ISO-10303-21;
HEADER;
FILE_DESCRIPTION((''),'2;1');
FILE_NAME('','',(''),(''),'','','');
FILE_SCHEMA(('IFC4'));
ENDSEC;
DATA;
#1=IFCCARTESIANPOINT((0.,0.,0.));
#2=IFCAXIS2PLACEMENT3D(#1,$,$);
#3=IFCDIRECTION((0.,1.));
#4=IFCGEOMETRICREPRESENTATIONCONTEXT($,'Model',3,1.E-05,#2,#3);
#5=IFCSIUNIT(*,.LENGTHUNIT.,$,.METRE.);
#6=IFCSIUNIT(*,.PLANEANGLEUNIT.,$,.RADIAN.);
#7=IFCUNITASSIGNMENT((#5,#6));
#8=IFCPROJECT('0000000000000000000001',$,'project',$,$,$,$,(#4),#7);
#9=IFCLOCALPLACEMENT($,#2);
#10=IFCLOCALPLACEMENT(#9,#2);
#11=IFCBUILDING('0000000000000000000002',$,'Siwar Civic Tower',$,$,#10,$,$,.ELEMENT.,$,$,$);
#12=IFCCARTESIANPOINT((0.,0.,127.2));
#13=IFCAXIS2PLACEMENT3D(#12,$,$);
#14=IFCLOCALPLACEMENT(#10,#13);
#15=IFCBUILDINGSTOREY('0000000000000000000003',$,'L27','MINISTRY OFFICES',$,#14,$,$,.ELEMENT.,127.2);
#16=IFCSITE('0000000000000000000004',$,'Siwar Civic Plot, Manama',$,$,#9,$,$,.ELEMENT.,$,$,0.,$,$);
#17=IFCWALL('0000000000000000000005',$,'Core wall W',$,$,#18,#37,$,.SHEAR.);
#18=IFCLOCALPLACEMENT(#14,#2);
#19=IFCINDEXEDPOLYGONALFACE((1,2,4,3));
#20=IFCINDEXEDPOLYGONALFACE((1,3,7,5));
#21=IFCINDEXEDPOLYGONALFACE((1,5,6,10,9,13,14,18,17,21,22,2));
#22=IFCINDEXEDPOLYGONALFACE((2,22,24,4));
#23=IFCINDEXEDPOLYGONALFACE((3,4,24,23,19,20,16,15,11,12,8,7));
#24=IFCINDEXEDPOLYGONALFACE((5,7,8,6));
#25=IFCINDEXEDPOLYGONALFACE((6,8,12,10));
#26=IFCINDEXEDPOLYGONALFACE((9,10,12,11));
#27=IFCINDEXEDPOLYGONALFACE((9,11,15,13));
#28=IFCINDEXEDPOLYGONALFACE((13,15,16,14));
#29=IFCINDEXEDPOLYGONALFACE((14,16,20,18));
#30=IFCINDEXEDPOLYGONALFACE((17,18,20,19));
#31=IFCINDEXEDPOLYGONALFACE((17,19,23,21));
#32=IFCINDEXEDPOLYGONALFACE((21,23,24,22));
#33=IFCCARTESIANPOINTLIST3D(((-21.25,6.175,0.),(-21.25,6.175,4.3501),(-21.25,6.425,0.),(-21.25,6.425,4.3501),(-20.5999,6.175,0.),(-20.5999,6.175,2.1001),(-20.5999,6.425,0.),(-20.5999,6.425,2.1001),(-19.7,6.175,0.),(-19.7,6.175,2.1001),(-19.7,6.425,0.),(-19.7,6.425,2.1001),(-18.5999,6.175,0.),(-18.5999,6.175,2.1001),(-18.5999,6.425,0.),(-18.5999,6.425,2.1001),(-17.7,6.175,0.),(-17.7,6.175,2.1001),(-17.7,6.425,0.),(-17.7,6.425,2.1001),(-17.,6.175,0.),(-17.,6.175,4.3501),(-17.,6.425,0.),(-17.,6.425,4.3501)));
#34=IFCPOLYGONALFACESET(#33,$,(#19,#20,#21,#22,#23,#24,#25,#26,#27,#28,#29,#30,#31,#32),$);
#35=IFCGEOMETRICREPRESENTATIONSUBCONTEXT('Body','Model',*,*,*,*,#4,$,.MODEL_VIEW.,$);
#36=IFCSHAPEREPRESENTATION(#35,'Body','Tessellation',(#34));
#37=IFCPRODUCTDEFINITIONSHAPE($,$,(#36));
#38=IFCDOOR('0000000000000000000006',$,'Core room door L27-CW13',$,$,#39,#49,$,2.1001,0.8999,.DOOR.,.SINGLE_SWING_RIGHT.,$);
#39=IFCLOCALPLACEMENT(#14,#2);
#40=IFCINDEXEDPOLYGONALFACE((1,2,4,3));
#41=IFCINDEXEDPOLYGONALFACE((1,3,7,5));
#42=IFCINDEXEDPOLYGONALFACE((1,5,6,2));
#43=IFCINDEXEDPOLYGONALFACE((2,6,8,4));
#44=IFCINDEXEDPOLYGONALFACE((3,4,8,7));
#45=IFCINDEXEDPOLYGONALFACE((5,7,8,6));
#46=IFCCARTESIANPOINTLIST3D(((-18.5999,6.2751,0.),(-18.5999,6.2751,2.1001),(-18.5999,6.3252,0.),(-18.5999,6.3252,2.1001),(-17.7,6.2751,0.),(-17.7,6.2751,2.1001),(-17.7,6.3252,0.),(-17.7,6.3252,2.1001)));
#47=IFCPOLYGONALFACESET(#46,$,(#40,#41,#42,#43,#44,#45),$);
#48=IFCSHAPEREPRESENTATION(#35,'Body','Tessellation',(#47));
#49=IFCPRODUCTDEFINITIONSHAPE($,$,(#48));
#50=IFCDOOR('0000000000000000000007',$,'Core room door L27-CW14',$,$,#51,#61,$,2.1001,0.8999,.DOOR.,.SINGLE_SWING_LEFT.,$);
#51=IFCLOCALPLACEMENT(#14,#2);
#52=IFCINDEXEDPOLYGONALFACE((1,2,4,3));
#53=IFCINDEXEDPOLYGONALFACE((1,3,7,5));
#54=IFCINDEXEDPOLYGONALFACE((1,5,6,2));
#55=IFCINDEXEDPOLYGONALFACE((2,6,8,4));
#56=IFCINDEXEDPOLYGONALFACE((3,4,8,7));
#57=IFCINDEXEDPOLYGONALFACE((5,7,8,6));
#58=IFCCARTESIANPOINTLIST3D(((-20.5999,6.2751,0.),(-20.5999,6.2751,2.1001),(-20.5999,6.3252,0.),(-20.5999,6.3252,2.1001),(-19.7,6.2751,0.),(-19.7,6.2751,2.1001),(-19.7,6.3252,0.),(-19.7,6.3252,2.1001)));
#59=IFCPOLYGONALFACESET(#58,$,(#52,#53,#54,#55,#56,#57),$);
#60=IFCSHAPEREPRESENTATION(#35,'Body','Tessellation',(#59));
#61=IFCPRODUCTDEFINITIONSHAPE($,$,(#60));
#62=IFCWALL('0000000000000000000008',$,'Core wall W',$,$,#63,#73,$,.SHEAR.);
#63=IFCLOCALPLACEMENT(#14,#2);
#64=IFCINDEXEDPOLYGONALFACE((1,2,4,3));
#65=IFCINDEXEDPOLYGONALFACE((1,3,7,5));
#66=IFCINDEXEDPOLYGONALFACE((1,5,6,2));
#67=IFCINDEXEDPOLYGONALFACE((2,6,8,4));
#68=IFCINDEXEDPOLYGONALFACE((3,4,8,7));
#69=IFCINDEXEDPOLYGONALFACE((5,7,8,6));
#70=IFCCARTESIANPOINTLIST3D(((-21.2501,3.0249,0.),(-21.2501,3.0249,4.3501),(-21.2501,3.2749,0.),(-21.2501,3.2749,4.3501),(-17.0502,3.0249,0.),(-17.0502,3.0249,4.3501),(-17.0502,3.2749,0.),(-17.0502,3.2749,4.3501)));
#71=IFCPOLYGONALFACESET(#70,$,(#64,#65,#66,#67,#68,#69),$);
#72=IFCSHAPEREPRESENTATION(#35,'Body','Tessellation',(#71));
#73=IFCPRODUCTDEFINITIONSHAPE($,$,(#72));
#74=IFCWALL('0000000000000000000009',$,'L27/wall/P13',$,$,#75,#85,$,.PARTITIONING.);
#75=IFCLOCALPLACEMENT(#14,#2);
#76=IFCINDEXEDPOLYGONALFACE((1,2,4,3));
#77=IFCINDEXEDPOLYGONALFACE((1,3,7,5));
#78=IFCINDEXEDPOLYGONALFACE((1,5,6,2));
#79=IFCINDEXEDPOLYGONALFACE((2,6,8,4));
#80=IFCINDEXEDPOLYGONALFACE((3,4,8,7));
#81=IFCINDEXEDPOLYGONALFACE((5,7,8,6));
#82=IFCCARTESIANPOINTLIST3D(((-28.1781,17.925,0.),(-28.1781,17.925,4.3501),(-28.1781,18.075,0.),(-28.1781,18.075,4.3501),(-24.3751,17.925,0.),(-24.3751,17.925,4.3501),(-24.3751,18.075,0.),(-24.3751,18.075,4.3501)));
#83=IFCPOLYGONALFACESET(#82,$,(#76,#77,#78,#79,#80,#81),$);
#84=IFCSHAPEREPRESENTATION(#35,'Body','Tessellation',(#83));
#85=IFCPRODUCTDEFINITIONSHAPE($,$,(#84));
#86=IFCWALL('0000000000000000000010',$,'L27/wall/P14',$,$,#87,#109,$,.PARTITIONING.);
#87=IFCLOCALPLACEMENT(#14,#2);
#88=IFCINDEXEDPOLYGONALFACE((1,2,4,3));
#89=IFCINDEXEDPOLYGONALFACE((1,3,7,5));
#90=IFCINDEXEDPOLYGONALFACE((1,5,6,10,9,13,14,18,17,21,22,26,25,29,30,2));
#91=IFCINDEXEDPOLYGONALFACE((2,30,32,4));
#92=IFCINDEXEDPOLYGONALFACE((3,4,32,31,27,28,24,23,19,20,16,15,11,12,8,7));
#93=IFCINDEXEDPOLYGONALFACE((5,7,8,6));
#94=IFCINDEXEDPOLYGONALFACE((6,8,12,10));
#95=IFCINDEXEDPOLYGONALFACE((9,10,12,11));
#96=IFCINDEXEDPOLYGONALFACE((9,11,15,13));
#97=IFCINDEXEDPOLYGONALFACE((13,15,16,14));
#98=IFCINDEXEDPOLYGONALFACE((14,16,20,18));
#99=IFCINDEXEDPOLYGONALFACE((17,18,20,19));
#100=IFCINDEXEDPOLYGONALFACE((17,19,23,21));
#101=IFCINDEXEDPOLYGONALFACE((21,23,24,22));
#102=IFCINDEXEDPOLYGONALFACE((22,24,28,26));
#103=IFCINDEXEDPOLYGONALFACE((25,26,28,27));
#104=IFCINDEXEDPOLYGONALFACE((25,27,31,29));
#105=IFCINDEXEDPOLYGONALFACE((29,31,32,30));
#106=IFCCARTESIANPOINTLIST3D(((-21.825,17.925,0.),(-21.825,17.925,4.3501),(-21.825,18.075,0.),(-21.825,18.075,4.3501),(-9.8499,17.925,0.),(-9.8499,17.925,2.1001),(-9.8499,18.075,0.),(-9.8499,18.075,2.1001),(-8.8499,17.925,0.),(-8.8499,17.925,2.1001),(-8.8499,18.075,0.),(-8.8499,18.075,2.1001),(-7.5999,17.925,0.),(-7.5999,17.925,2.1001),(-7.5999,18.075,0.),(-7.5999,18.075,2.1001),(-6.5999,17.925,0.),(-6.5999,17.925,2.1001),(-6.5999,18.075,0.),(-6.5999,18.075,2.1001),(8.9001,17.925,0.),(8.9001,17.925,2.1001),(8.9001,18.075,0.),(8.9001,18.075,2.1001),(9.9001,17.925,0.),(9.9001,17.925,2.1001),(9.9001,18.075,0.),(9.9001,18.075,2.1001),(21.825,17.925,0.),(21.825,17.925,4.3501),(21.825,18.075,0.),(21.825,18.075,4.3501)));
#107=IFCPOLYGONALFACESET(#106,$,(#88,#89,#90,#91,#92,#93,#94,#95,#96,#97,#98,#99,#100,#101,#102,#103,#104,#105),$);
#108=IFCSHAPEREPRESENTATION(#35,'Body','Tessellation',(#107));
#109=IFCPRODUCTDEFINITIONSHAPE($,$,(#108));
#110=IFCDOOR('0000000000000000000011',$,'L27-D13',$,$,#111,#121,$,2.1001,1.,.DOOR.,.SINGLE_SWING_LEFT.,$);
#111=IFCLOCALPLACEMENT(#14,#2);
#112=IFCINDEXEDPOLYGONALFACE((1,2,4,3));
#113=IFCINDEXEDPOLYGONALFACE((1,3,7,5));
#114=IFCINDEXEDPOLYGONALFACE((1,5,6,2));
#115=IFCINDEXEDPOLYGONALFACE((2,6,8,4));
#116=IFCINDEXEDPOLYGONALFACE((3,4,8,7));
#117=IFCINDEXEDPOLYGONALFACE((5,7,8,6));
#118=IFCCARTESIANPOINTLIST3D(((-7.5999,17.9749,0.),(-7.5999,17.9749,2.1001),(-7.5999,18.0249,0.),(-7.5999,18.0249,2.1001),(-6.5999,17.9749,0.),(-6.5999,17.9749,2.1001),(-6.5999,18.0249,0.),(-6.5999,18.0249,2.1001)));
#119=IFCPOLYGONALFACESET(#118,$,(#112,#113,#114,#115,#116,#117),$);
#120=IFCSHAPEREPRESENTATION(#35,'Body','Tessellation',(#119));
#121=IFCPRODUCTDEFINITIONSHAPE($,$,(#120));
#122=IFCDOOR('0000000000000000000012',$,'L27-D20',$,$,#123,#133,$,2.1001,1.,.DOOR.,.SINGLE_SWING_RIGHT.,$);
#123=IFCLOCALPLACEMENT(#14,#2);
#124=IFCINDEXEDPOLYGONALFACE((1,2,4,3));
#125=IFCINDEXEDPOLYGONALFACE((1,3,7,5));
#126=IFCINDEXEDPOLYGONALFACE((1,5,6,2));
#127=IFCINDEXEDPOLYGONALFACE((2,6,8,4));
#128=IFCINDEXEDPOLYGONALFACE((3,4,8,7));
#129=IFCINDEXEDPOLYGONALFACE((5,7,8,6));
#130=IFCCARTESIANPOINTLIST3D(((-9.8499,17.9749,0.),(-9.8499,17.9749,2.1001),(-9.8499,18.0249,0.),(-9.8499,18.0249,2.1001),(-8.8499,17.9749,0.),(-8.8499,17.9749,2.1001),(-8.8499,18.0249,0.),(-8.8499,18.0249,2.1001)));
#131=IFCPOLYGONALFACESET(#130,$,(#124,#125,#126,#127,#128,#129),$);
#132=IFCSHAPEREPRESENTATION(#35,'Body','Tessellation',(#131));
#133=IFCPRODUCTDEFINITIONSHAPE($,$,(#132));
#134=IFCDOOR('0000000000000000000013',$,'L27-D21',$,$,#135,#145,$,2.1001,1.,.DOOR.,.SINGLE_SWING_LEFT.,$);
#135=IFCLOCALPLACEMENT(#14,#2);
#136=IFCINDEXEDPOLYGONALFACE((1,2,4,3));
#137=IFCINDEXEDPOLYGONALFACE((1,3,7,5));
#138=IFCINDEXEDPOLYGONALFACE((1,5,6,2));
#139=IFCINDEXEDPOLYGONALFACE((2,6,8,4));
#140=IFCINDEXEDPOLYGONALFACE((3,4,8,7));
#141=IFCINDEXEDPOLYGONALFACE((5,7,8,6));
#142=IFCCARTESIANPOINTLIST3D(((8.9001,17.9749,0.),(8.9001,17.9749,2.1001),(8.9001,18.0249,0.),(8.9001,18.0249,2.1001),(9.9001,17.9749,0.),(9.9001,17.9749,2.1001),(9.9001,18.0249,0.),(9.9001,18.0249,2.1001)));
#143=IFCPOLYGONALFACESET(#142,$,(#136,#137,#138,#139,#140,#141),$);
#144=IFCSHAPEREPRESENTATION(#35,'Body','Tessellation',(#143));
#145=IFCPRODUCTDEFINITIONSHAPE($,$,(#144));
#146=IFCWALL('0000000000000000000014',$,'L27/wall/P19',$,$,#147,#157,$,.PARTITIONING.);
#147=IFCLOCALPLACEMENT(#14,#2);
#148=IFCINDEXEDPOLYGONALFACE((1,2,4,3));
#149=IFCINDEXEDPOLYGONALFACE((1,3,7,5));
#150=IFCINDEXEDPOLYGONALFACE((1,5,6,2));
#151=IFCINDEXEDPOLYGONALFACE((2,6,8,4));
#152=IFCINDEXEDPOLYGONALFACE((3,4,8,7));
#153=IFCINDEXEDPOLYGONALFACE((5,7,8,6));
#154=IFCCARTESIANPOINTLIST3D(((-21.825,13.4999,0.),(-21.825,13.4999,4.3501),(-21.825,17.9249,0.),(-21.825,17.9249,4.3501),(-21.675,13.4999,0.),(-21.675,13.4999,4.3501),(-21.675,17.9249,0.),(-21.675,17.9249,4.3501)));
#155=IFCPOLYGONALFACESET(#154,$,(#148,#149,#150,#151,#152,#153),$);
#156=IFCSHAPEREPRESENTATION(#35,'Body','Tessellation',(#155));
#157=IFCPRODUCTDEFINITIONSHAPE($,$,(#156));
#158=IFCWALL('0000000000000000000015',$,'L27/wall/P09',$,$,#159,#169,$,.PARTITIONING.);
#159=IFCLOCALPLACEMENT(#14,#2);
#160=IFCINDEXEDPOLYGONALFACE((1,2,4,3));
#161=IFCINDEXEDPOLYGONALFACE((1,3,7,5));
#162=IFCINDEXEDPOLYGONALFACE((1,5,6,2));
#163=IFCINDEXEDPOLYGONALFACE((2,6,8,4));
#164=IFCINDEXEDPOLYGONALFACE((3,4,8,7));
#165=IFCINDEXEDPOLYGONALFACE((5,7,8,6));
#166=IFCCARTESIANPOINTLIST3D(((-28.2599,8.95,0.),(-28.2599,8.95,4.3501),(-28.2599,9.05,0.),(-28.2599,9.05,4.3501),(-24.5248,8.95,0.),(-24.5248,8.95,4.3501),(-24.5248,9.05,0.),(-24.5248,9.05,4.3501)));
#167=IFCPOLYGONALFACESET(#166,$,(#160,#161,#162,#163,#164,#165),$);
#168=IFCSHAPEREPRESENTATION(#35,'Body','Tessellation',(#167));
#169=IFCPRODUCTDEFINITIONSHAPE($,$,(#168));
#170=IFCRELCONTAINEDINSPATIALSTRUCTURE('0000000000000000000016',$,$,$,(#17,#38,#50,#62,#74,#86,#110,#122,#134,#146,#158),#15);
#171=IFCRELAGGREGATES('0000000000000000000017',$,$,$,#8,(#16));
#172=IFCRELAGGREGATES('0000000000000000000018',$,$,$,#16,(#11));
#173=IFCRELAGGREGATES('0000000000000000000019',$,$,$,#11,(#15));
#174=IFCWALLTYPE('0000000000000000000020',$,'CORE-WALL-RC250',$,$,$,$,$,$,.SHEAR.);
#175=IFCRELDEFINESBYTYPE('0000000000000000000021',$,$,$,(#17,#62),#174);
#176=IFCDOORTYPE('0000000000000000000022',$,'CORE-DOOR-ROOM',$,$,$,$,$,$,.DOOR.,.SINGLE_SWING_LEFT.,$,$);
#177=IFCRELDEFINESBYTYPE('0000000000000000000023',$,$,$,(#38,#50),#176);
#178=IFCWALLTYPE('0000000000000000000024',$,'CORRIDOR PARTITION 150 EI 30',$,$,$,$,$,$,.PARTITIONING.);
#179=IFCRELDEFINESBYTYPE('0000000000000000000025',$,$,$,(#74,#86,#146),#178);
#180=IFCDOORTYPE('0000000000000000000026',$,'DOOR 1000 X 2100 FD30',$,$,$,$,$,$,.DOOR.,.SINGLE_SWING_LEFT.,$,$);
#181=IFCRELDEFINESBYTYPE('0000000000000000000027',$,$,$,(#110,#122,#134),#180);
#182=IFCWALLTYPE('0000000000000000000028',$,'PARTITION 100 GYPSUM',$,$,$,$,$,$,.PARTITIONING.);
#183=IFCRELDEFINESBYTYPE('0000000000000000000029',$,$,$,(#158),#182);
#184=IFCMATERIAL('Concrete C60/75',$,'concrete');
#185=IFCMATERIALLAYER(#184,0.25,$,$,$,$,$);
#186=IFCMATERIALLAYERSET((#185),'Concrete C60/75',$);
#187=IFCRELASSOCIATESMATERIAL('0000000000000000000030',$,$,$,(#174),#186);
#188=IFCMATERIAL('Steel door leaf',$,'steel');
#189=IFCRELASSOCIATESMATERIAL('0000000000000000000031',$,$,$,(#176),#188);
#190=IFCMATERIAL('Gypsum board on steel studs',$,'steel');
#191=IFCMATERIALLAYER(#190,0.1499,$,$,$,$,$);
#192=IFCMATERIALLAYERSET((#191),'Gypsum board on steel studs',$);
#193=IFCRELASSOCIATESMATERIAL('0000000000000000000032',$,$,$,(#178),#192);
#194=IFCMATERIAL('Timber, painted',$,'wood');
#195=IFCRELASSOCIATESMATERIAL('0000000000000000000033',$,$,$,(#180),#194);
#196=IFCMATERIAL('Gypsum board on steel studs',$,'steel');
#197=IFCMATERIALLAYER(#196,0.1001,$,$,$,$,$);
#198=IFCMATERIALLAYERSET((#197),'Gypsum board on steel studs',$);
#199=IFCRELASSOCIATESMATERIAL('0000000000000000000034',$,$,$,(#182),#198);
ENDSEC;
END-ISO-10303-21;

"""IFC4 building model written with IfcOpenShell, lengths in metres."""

from ifc_helpers import new_model, si_unit, direction, frame, frame_2d, origin, place, context, subcontext, project, spatial, rectangle, extrude, material, layer, layer_set, type_object, element, fill, save


model = new_model("IFC4")

# Units and contexts
model_context = context("Model", 3, precision=1e-05, world=origin(), true_north=direction((0.0, 1.0)))
body_context = subcontext(model_context, "Body", "Model", "MODEL_VIEW")
ifc_project = project(units=[si_unit("LENGTHUNIT", "METRE"), si_unit("PLANEANGLEUNIT", "RADIAN")], contexts=[model_context])

# Site, building, storey
site_placement = place(None, origin())
site = spatial("IfcSite", under=ifc_project, at=site_placement, Name="Siwar Civic Plot, Manama", CompositionType="ELEMENT", RefElevation=0.0)
building_placement = place(site_placement, origin())
building = spatial("IfcBuilding", under=site, at=building_placement, Name="Siwar Civic Tower", CompositionType="ELEMENT")
storey_placement = place(building_placement, frame((0.0, 0.0, 127.2)))
storey = spatial("IfcBuildingStorey", under=building, at=storey_placement, Name="L27", Description="MINISTRY OFFICES", CompositionType="ELEMENT", Elevation=127.2)

# Wall, openings, doors
ifc_material_1 = material(Name="Concrete C60/75", Category="concrete")
ifc_layer_1 = layer(ifc_material_1, 0.25)
ifc_layer_set_1 = layer_set([ifc_layer_1], Name="Concrete C60/75")
wall_type_1 = type_object("IfcWallType", Name="CORE-WALL-RC250", PredefinedType="SHEAR", material=ifc_layer_set_1)
wall_1_placement = place(storey_placement, frame((-17.0, 6.3, 0.0), z_axis=(0.0, 0.0, 1.0), x_axis=(-1.0, 0.0, 0.0)))
wall_1 = element("IfcWall", 1, at=wall_1_placement, inside=storey, type_object=wall_type_1, Name="Core wall W", PredefinedType="SHEAR", context=body_context, shape_type="SweptSolid", body=[
    extrude(rectangle(XDim=4.25, YDim=0.25, at=frame_2d((2.125, 0.0))), origin(), (0.0, 0.0, 1.0), 4.3501),
])
opening_1_placement = place(wall_1_placement, frame((0.7, 0.0, 0.0)))
opening_1 = element("IfcOpeningElement", 2, at=opening_1_placement, cuts=wall_1, PredefinedType="OPENING", context=body_context, shape_type="SweptSolid", body=[
    extrude(rectangle(XDim=0.8999, YDim=2.1001, at=frame_2d((0.45, 1.05))), frame((0.0, 0.135, 0.0), z_axis=(0.0, -1.0, 0.0), x_axis=(1.0, 0.0, 0.0)), (0.0, 0.0, 1.0), 0.27),
])
opening_2_placement = place(wall_1_placement, frame((2.7, 0.0, 0.0)))
opening_2 = element("IfcOpeningElement", 3, at=opening_2_placement, cuts=wall_1, PredefinedType="OPENING", context=body_context, shape_type="SweptSolid", body=[
    extrude(rectangle(XDim=0.8999, YDim=2.1001, at=frame_2d((0.45, 1.05))), frame((0.0, 0.135, 0.0), z_axis=(0.0, -1.0, 0.0), x_axis=(1.0, 0.0, 0.0)), (0.0, 0.0, 1.0), 0.27),
])
ifc_material_2 = material(Name="Steel door leaf", Category="steel")
door_type_1 = type_object("IfcDoorType", Name="CORE-DOOR-ROOM", OperationType="SINGLE_SWING_LEFT", PredefinedType="DOOR", material=ifc_material_2)
door_1_placement = place(opening_1_placement, origin())
door_1 = element("IfcDoor", 4, at=door_1_placement, inside=storey, type_object=door_type_1, Name="Core room door L27-CW13", OperationType="SINGLE_SWING_RIGHT", OverallHeight=2.1001, OverallWidth=0.8999, PredefinedType="DOOR", context=body_context, shape_type="SweptSolid", body=[
    extrude(rectangle(XDim=0.8999, YDim=2.1001, at=frame_2d((0.45, 1.05))), frame((0.0, 0.0249, 0.0), z_axis=(0.0, -1.0, 0.0), x_axis=(1.0, 0.0, 0.0)), (0.0, 0.0, 1.0), 0.05),
])
fill(opening_1, door_1)
door_2_placement = place(opening_2_placement, origin())
door_2 = element("IfcDoor", 5, at=door_2_placement, inside=storey, type_object=door_type_1, Name="Core room door L27-CW14", OperationType="SINGLE_SWING_LEFT", OverallHeight=2.1001, OverallWidth=0.8999, PredefinedType="DOOR", context=body_context, shape_type="SweptSolid", body=[
    extrude(rectangle(XDim=0.8999, YDim=2.1001, at=frame_2d((0.45, 1.05))), frame((0.0, 0.0249, 0.0), z_axis=(0.0, -1.0, 0.0), x_axis=(1.0, 0.0, 0.0)), (0.0, 0.0, 1.0), 0.05),
])
fill(opening_2, door_2)

# Walls
wall_2_placement = place(storey_placement, frame((-17.05, 3.1499, 0.0), z_axis=(0.0, 0.0, 1.0), x_axis=(-1.0, 0.0, 0.0)))
element("IfcWall", 6, at=wall_2_placement, inside=storey, type_object=wall_type_1, Name="Core wall W", PredefinedType="SHEAR", context=body_context, shape_type="SweptSolid", body=[
    extrude(rectangle(XDim=4.2, YDim=0.25, at=frame_2d((2.1001, 0.0))), origin(), (0.0, 0.0, 1.0), 4.3501),
])
ifc_material_3 = material(Name="Gypsum board on steel studs", Category="steel")
ifc_layer_2 = layer(ifc_material_3, 0.1499)
ifc_layer_set_2 = layer_set([ifc_layer_2], Name="Gypsum board on steel studs")
wall_type_2 = type_object("IfcWallType", Name="CORRIDOR PARTITION 150 EI 30", PredefinedType="PARTITIONING", material=ifc_layer_set_2)
wall_3_placement = place(storey_placement, frame((-28.178, 18.0, 0.0), z_axis=(0.0, 0.0, 1.0), x_axis=(1.0, 0.0, 0.0)))
element("IfcWall", 7, at=wall_3_placement, inside=storey, type_object=wall_type_2, Name="L27/wall/P13", PredefinedType="PARTITIONING", context=body_context, shape_type="SweptSolid", body=[
    extrude(rectangle(XDim=3.803, YDim=0.1499, at=frame_2d((1.9014, 0.0))), origin(), (0.0, 0.0, 1.0), 4.3501),
])

# Wall, openings, doors
wall_4_placement = place(storey_placement, frame((-21.825, 18.0, 0.0), z_axis=(0.0, 0.0, 1.0), x_axis=(1.0, 0.0, 0.0)))
wall_4 = element("IfcWall", 8, at=wall_4_placement, inside=storey, type_object=wall_type_2, Name="L27/wall/P14", PredefinedType="PARTITIONING", context=body_context, shape_type="SweptSolid", body=[
    extrude(rectangle(XDim=43.6499, YDim=0.1499, at=frame_2d((21.825, 0.0))), origin(), (0.0, 0.0, 1.0), 4.3501),
])
opening_3_placement = place(wall_4_placement, frame((14.2251, 0.0, 0.0)))
opening_3 = element("IfcOpeningElement", 9, at=opening_3_placement, cuts=wall_4, PredefinedType="OPENING", context=body_context, shape_type="SweptSolid", body=[
    extrude(rectangle(XDim=1.0, YDim=2.1001, at=frame_2d((0.5, 1.05))), frame((0.0, 0.085, 0.0), z_axis=(0.0, -1.0, 0.0), x_axis=(1.0, 0.0, 0.0)), (0.0, 0.0, 1.0), 0.1699),
])
opening_4_placement = place(wall_4_placement, frame((11.9751, 0.0, 0.0)))
opening_4 = element("IfcOpeningElement", 10, at=opening_4_placement, cuts=wall_4, PredefinedType="OPENING", context=body_context, shape_type="SweptSolid", body=[
    extrude(rectangle(XDim=1.0, YDim=2.1001, at=frame_2d((0.5, 1.05))), frame((0.0, 0.085, 0.0), z_axis=(0.0, -1.0, 0.0), x_axis=(1.0, 0.0, 0.0)), (0.0, 0.0, 1.0), 0.1699),
])
opening_5_placement = place(wall_4_placement, frame((30.7251, 0.0, 0.0)))
opening_5 = element("IfcOpeningElement", 11, at=opening_5_placement, cuts=wall_4, PredefinedType="OPENING", context=body_context, shape_type="SweptSolid", body=[
    extrude(rectangle(XDim=1.0, YDim=2.1001, at=frame_2d((0.5, 1.05))), frame((0.0, 0.085, 0.0), z_axis=(0.0, -1.0, 0.0), x_axis=(1.0, 0.0, 0.0)), (0.0, 0.0, 1.0), 0.1699),
])
ifc_material_4 = material(Name="Timber, painted", Category="wood")
door_type_2 = type_object("IfcDoorType", Name="DOOR 1000 X 2100 FD30", OperationType="SINGLE_SWING_LEFT", PredefinedType="DOOR", material=ifc_material_4)
door_3_placement = place(opening_3_placement, origin())
door_3 = element("IfcDoor", 12, at=door_3_placement, inside=storey, type_object=door_type_2, Name="L27-D13", OperationType="SINGLE_SWING_LEFT", OverallHeight=2.1001, OverallWidth=1.0, PredefinedType="DOOR", context=body_context, shape_type="SweptSolid", body=[
    extrude(rectangle(XDim=1.0, YDim=2.1001, at=frame_2d((0.5, 1.05))), frame((0.0, 0.0249, 0.0), z_axis=(0.0, -1.0, 0.0), x_axis=(1.0, 0.0, 0.0)), (0.0, 0.0, 1.0), 0.05),
])
fill(opening_3, door_3)
door_4_placement = place(opening_4_placement, origin())
door_4 = element("IfcDoor", 13, at=door_4_placement, inside=storey, type_object=door_type_2, Name="L27-D20", OperationType="SINGLE_SWING_RIGHT", OverallHeight=2.1001, OverallWidth=1.0, PredefinedType="DOOR", context=body_context, shape_type="SweptSolid", body=[
    extrude(rectangle(XDim=1.0, YDim=2.1001, at=frame_2d((0.5, 1.05))), frame((0.0, 0.0249, 0.0), z_axis=(0.0, -1.0, 0.0), x_axis=(1.0, 0.0, 0.0)), (0.0, 0.0, 1.0), 0.05),
])
fill(opening_4, door_4)
door_5_placement = place(opening_5_placement, origin())
door_5 = element("IfcDoor", 14, at=door_5_placement, inside=storey, type_object=door_type_2, Name="L27-D21", OperationType="SINGLE_SWING_LEFT", OverallHeight=2.1001, OverallWidth=1.0, PredefinedType="DOOR", context=body_context, shape_type="SweptSolid", body=[
    extrude(rectangle(XDim=1.0, YDim=2.1001, at=frame_2d((0.5, 1.05))), frame((0.0, 0.0249, 0.0), z_axis=(0.0, -1.0, 0.0), x_axis=(1.0, 0.0, 0.0)), (0.0, 0.0, 1.0), 0.05),
])
fill(opening_5, door_5)

# Walls
wall_5_placement = place(storey_placement, frame((-21.75, 13.5, 0.0), z_axis=(0.0, 0.0, 1.0), x_axis=(0.0, 1.0, 0.0)))
element("IfcWall", 15, at=wall_5_placement, inside=storey, type_object=wall_type_2, Name="L27/wall/P19", PredefinedType="PARTITIONING", context=body_context, shape_type="SweptSolid", body=[
    extrude(rectangle(XDim=4.425, YDim=0.1499, at=frame_2d((2.2124, 0.0))), origin(), (0.0, 0.0, 1.0), 4.3501),
])
ifc_material_5 = material(Name="Gypsum board on steel studs", Category="steel")
ifc_layer_3 = layer(ifc_material_5, 0.1001)
ifc_layer_set_3 = layer_set([ifc_layer_3], Name="Gypsum board on steel studs")
wall_type_3 = type_object("IfcWallType", Name="PARTITION 100 GYPSUM", PredefinedType="PARTITIONING", material=ifc_layer_set_3)
wall_6_placement = place(storey_placement, frame((-28.26, 9.0, 0.0), z_axis=(0.0, 0.0, 1.0), x_axis=(1.0, 0.0, 0.0)))
element("IfcWall", 16, at=wall_6_placement, inside=storey, type_object=wall_type_3, Name="L27/wall/P09", PredefinedType="PARTITIONING", context=body_context, shape_type="SweptSolid", body=[
    extrude(rectangle(XDim=3.7351, YDim=0.1001, at=frame_2d((1.8677, 0.0))), origin(), (0.0, 0.0, 1.0), 4.3501),
])

save(model, "model.ifc")
